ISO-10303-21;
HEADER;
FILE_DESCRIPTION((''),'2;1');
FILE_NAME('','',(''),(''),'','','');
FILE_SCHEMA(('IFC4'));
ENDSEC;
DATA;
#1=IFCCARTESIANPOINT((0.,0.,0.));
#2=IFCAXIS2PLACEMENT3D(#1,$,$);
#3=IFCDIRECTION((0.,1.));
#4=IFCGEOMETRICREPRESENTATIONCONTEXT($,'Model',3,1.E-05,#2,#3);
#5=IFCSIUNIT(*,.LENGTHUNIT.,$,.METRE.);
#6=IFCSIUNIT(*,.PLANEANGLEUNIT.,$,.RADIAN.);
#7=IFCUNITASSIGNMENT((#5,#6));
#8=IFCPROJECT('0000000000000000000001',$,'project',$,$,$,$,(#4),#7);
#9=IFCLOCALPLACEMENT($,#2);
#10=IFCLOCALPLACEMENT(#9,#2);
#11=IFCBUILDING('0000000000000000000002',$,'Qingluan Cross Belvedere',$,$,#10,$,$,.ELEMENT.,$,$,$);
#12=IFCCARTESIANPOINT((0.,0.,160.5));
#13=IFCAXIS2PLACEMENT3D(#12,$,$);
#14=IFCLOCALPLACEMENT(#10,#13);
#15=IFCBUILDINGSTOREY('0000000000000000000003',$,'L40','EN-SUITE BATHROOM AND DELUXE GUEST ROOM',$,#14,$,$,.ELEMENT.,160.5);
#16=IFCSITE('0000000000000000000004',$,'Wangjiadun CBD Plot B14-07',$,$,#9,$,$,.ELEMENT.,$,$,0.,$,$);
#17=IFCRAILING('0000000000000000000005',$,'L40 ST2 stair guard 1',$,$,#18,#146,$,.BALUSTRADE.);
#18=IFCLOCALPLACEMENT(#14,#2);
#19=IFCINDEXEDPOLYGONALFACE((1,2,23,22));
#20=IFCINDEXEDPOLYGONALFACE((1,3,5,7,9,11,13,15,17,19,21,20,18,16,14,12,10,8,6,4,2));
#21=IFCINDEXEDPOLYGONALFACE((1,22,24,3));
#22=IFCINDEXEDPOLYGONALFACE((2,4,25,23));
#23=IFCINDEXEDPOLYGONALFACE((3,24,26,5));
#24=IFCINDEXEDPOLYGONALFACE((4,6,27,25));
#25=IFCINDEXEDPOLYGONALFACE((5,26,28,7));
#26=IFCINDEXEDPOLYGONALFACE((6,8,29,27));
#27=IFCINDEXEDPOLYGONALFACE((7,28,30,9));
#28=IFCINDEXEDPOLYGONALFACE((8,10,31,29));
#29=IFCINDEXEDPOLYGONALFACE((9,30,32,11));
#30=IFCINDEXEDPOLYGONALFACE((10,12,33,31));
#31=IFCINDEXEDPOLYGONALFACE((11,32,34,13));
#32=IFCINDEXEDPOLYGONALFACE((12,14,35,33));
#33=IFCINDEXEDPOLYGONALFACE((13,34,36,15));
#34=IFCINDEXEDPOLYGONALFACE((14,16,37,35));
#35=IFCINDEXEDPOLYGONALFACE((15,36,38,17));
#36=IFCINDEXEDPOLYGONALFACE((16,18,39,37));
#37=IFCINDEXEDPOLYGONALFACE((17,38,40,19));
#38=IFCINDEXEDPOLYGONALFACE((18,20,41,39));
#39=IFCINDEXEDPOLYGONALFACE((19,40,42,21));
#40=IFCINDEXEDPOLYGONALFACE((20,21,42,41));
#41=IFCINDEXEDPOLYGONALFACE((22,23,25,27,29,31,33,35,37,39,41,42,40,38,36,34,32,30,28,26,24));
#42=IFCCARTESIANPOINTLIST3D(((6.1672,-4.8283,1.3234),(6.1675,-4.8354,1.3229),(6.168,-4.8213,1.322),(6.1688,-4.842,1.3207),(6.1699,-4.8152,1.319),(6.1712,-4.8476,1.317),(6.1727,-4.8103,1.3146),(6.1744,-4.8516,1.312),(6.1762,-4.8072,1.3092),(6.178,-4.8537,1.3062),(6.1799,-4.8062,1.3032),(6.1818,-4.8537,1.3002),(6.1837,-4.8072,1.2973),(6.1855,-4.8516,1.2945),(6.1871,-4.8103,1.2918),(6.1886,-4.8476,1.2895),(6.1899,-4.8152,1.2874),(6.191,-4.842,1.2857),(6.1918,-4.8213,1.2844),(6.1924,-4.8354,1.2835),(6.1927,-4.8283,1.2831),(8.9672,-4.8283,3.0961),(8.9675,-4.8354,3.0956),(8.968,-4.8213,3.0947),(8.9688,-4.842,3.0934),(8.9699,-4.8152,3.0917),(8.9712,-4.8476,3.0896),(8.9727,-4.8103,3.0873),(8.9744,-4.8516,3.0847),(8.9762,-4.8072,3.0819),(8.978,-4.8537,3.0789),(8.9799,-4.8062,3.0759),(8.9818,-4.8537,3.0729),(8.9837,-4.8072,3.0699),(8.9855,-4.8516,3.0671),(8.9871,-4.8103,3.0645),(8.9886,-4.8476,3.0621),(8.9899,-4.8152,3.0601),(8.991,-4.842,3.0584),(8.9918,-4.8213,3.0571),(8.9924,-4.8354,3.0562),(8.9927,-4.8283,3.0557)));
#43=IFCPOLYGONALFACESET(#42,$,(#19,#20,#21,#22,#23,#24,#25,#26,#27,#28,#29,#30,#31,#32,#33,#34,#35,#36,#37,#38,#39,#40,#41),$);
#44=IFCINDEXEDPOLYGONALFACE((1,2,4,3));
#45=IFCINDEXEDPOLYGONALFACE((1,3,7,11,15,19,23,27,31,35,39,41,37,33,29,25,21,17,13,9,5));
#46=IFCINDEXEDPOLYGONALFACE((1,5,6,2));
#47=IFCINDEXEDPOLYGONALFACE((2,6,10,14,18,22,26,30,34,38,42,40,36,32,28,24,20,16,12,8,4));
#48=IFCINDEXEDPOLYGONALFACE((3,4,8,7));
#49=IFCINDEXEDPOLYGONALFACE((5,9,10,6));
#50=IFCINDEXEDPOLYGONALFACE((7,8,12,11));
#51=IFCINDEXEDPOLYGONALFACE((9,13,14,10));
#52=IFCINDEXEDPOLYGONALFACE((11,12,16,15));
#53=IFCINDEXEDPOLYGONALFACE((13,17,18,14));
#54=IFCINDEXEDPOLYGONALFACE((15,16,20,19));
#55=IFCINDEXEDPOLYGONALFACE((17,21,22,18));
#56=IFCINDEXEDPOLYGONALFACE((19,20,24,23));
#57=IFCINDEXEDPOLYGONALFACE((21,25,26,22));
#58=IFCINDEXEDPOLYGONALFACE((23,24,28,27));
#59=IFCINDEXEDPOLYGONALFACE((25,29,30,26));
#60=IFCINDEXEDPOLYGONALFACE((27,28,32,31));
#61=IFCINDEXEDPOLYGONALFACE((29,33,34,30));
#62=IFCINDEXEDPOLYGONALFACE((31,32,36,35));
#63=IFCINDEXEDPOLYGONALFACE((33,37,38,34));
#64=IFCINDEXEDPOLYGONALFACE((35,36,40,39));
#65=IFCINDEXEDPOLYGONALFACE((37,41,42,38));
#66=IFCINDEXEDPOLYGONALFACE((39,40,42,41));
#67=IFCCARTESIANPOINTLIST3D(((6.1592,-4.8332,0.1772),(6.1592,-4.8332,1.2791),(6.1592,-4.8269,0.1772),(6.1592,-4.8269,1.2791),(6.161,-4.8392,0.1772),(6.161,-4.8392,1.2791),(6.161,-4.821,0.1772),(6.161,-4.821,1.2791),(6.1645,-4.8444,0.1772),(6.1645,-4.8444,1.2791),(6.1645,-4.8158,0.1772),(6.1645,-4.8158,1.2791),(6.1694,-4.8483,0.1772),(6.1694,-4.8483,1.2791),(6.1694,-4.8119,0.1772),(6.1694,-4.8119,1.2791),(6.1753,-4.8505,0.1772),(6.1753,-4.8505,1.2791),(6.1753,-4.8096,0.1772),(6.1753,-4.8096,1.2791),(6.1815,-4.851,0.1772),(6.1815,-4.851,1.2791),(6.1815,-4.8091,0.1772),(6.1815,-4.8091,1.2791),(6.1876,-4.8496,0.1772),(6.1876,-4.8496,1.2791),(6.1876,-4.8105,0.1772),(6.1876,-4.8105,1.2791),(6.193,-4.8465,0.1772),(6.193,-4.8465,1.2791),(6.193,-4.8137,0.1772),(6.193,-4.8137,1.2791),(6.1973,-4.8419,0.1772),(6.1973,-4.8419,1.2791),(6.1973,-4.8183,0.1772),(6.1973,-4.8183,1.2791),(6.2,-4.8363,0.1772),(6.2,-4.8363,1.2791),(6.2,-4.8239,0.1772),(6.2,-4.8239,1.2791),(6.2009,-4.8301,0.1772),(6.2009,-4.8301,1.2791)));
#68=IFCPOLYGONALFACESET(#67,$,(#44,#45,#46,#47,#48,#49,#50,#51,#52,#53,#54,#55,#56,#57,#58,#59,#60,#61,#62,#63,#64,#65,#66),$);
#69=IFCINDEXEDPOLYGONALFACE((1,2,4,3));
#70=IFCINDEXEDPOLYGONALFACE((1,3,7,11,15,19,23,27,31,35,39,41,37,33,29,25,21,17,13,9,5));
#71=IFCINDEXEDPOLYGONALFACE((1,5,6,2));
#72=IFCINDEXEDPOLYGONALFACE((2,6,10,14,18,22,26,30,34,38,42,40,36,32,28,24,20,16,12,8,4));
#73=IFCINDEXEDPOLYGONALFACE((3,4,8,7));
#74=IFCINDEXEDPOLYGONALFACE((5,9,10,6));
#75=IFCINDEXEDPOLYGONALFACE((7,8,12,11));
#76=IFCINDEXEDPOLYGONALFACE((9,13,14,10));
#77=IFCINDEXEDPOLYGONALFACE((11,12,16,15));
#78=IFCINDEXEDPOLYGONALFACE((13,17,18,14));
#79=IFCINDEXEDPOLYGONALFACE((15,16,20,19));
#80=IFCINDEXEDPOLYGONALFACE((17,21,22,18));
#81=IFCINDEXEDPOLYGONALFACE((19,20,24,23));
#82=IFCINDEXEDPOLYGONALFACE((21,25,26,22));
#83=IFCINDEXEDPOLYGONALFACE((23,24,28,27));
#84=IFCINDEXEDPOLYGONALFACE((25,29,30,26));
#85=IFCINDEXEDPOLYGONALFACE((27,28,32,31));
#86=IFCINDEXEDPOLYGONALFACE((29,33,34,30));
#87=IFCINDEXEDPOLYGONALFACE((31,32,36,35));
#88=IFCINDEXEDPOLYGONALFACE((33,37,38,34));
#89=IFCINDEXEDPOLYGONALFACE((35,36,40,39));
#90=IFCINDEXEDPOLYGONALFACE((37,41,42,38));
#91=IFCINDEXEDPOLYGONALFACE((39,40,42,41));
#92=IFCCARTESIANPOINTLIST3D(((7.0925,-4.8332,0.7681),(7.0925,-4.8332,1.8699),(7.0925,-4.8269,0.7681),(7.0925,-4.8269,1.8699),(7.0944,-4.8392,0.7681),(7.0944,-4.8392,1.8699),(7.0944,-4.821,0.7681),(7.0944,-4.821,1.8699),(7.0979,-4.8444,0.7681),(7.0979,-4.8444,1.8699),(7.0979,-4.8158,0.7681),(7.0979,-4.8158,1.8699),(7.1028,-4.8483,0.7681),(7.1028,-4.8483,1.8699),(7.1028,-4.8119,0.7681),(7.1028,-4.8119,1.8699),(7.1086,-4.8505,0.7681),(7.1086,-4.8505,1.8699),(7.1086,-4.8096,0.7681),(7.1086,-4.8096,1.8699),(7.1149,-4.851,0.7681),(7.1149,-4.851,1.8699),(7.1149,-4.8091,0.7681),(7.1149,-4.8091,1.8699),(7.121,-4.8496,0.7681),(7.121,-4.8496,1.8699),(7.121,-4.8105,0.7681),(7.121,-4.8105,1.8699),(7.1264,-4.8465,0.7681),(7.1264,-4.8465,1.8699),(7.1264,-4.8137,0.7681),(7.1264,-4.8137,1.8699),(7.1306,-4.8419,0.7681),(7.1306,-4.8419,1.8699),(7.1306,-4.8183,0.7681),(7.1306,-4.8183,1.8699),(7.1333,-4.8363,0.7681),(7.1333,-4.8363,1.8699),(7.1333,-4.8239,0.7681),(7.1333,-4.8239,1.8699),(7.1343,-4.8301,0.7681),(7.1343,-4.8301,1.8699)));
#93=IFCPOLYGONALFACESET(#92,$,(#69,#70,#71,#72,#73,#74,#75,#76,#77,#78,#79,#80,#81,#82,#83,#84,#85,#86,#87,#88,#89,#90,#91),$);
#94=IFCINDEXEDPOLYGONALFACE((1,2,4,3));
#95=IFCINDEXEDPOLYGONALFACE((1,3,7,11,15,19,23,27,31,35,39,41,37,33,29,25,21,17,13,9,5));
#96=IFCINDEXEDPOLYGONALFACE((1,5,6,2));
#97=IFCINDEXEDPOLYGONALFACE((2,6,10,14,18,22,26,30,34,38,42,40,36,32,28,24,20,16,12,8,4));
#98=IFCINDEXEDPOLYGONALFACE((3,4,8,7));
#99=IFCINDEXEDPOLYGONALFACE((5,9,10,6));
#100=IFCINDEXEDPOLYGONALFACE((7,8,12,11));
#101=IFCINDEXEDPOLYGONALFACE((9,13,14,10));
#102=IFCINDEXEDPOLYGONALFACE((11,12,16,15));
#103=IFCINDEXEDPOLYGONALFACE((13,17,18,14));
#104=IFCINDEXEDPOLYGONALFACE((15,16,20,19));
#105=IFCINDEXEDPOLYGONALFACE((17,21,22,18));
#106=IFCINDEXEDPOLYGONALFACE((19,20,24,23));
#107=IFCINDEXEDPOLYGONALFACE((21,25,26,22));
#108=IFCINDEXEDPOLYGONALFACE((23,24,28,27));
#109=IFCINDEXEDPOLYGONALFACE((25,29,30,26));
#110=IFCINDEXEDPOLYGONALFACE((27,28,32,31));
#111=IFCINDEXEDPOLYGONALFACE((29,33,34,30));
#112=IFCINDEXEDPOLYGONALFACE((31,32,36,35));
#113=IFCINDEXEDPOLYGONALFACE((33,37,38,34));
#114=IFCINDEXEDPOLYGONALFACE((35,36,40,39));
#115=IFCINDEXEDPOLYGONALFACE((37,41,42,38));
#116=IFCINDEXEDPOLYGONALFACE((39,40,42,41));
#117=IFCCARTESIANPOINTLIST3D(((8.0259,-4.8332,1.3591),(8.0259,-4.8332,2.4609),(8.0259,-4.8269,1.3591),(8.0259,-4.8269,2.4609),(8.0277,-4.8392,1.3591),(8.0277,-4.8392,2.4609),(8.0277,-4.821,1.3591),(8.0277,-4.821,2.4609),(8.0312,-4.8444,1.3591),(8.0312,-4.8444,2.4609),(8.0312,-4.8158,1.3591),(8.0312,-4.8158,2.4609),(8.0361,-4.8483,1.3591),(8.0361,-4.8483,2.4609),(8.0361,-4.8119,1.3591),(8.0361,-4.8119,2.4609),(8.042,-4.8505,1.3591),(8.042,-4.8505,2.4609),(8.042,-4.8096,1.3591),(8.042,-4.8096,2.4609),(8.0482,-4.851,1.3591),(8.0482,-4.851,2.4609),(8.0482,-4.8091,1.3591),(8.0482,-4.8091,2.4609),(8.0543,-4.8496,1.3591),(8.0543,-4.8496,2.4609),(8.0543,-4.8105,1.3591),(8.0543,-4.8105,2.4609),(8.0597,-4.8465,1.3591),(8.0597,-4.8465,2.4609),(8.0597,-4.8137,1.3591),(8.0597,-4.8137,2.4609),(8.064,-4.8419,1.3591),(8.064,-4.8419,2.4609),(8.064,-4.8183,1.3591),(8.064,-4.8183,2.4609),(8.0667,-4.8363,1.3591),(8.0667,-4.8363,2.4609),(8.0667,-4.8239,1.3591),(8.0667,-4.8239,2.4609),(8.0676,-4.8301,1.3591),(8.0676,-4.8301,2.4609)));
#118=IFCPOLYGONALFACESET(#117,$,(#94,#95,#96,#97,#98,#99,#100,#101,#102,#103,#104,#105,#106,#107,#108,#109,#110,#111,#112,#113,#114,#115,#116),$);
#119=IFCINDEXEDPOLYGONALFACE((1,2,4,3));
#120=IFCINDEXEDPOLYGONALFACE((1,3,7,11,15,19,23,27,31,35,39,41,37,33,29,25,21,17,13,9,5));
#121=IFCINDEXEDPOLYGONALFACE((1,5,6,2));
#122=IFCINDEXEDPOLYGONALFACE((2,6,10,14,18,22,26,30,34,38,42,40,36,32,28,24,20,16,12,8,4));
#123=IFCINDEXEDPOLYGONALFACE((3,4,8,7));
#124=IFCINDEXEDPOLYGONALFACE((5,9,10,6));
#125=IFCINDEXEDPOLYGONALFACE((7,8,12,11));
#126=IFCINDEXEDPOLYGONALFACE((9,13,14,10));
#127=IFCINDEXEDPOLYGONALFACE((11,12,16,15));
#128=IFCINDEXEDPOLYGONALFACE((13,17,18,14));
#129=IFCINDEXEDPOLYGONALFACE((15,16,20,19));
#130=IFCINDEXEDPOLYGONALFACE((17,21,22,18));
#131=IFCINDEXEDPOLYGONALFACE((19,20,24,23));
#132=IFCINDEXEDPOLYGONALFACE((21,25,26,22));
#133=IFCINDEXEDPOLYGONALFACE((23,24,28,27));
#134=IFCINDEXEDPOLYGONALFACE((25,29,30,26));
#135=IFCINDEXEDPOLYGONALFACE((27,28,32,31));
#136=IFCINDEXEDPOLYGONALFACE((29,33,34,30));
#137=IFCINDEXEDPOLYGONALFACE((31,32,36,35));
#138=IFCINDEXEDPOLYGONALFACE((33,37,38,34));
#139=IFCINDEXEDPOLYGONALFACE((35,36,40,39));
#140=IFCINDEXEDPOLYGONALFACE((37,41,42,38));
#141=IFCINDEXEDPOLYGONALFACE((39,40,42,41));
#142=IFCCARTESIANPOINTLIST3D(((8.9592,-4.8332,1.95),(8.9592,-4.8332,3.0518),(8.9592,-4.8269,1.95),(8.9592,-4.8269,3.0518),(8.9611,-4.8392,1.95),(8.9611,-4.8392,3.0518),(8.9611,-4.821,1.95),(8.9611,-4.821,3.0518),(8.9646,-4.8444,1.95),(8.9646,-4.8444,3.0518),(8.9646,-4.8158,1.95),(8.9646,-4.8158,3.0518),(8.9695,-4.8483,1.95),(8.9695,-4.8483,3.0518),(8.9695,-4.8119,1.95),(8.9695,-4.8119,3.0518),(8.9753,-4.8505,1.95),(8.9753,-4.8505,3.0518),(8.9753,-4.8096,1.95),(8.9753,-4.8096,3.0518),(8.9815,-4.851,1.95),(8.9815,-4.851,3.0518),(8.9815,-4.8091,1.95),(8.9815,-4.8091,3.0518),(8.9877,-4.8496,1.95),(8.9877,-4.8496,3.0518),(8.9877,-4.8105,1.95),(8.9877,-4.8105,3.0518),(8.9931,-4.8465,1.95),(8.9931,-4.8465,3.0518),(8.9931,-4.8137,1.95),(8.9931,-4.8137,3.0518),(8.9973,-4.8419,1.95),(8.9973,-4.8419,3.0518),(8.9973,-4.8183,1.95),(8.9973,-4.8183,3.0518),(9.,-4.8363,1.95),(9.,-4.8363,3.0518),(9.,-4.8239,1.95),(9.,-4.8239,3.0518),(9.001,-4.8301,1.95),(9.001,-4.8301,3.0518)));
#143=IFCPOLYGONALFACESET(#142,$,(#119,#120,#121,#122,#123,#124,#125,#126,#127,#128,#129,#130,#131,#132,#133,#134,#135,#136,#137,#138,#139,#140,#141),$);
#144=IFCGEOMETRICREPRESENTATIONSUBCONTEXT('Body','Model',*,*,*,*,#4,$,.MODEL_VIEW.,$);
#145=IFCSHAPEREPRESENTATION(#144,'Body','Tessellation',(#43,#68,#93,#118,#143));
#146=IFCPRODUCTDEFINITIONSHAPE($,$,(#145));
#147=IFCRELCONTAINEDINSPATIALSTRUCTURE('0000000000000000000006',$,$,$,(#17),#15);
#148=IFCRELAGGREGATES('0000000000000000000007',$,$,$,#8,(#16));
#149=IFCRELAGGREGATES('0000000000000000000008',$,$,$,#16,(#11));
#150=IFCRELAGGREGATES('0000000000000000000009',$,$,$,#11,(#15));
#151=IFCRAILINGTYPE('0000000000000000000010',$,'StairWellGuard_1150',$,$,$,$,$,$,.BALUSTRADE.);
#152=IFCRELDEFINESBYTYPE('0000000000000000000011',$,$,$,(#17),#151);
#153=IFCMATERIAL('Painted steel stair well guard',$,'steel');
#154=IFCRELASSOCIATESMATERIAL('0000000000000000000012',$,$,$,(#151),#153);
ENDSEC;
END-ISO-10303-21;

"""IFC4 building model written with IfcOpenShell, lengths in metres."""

from ifc_helpers import new_model, si_unit, direction, frame, origin, origin_2d, place, context, subcontext, project, spatial, circle, extrude, material, type_object, element, save


model = new_model("IFC4")

# Units and contexts
model_context = context("Model", 3, precision=1e-05, world=origin(), true_north=direction((0.0, 1.0)))
body_context = subcontext(model_context, "Body", "Model", "MODEL_VIEW")
ifc_project = project(units=[si_unit("LENGTHUNIT", "METRE"), si_unit("PLANEANGLEUNIT", "RADIAN")], contexts=[model_context])

# Site, building, storey
site_placement = place(None, origin())
site = spatial("IfcSite", under=ifc_project, at=site_placement, Name="Wangjiadun CBD Plot B14-07", CompositionType="ELEMENT", RefElevation=0.0)
building_placement = place(site_placement, origin())
building = spatial("IfcBuilding", under=site, at=building_placement, Name="Qingluan Cross Belvedere", CompositionType="ELEMENT")
storey_placement = place(building_placement, frame((0.0, 0.0, 160.5)))
storey = spatial("IfcBuildingStorey", under=building, at=storey_placement, Name="L40", Description="EN-SUITE BATHROOM AND DELUXE GUEST ROOM", CompositionType="ELEMENT", Elevation=160.5)

# Railing
ifc_material_1 = material(Name="Painted steel stair well guard", Category="steel")
railing_type_1 = type_object("IfcRailingType", Name="StairWellGuard_1150", PredefinedType="BALUSTRADE", material=ifc_material_1)
railing_1_placement = place(storey_placement, frame((6.1799, -4.8301, 0.1772)))
element("IfcRailing", 1, at=railing_1_placement, inside=storey, type_object=railing_type_1, Name="L40 ST2 stair guard 1", PredefinedType="BALUSTRADE", context=body_context, shape_type="SweptSolid", body=[
    extrude(circle(Radius=0.0239, at=origin_2d()), frame((0.0, 0.0, 1.126), z_axis=(0.844909, 0.0, 0.53491), x_axis=(0.0, 1.0, 0.0)), (0.0, 0.0, 1.0), 3.314),
    extrude(circle(Radius=0.021, at=origin_2d()), origin(), (0.0, 0.0, 1.0), 1.1018),
    extrude(circle(Radius=0.021, at=origin_2d()), frame((0.9333, 0.0, 0.5908)), (0.0, 0.0, 1.0), 1.1018),
    extrude(circle(Radius=0.021, at=origin_2d()), frame((1.8667, 0.0, 1.1819)), (0.0, 0.0, 1.0), 1.1018),
    extrude(circle(Radius=0.021, at=origin_2d()), frame((2.8, 0.0, 1.7727)), (0.0, 0.0, 1.0), 1.1018),
])

save(model, "model.ifc")
